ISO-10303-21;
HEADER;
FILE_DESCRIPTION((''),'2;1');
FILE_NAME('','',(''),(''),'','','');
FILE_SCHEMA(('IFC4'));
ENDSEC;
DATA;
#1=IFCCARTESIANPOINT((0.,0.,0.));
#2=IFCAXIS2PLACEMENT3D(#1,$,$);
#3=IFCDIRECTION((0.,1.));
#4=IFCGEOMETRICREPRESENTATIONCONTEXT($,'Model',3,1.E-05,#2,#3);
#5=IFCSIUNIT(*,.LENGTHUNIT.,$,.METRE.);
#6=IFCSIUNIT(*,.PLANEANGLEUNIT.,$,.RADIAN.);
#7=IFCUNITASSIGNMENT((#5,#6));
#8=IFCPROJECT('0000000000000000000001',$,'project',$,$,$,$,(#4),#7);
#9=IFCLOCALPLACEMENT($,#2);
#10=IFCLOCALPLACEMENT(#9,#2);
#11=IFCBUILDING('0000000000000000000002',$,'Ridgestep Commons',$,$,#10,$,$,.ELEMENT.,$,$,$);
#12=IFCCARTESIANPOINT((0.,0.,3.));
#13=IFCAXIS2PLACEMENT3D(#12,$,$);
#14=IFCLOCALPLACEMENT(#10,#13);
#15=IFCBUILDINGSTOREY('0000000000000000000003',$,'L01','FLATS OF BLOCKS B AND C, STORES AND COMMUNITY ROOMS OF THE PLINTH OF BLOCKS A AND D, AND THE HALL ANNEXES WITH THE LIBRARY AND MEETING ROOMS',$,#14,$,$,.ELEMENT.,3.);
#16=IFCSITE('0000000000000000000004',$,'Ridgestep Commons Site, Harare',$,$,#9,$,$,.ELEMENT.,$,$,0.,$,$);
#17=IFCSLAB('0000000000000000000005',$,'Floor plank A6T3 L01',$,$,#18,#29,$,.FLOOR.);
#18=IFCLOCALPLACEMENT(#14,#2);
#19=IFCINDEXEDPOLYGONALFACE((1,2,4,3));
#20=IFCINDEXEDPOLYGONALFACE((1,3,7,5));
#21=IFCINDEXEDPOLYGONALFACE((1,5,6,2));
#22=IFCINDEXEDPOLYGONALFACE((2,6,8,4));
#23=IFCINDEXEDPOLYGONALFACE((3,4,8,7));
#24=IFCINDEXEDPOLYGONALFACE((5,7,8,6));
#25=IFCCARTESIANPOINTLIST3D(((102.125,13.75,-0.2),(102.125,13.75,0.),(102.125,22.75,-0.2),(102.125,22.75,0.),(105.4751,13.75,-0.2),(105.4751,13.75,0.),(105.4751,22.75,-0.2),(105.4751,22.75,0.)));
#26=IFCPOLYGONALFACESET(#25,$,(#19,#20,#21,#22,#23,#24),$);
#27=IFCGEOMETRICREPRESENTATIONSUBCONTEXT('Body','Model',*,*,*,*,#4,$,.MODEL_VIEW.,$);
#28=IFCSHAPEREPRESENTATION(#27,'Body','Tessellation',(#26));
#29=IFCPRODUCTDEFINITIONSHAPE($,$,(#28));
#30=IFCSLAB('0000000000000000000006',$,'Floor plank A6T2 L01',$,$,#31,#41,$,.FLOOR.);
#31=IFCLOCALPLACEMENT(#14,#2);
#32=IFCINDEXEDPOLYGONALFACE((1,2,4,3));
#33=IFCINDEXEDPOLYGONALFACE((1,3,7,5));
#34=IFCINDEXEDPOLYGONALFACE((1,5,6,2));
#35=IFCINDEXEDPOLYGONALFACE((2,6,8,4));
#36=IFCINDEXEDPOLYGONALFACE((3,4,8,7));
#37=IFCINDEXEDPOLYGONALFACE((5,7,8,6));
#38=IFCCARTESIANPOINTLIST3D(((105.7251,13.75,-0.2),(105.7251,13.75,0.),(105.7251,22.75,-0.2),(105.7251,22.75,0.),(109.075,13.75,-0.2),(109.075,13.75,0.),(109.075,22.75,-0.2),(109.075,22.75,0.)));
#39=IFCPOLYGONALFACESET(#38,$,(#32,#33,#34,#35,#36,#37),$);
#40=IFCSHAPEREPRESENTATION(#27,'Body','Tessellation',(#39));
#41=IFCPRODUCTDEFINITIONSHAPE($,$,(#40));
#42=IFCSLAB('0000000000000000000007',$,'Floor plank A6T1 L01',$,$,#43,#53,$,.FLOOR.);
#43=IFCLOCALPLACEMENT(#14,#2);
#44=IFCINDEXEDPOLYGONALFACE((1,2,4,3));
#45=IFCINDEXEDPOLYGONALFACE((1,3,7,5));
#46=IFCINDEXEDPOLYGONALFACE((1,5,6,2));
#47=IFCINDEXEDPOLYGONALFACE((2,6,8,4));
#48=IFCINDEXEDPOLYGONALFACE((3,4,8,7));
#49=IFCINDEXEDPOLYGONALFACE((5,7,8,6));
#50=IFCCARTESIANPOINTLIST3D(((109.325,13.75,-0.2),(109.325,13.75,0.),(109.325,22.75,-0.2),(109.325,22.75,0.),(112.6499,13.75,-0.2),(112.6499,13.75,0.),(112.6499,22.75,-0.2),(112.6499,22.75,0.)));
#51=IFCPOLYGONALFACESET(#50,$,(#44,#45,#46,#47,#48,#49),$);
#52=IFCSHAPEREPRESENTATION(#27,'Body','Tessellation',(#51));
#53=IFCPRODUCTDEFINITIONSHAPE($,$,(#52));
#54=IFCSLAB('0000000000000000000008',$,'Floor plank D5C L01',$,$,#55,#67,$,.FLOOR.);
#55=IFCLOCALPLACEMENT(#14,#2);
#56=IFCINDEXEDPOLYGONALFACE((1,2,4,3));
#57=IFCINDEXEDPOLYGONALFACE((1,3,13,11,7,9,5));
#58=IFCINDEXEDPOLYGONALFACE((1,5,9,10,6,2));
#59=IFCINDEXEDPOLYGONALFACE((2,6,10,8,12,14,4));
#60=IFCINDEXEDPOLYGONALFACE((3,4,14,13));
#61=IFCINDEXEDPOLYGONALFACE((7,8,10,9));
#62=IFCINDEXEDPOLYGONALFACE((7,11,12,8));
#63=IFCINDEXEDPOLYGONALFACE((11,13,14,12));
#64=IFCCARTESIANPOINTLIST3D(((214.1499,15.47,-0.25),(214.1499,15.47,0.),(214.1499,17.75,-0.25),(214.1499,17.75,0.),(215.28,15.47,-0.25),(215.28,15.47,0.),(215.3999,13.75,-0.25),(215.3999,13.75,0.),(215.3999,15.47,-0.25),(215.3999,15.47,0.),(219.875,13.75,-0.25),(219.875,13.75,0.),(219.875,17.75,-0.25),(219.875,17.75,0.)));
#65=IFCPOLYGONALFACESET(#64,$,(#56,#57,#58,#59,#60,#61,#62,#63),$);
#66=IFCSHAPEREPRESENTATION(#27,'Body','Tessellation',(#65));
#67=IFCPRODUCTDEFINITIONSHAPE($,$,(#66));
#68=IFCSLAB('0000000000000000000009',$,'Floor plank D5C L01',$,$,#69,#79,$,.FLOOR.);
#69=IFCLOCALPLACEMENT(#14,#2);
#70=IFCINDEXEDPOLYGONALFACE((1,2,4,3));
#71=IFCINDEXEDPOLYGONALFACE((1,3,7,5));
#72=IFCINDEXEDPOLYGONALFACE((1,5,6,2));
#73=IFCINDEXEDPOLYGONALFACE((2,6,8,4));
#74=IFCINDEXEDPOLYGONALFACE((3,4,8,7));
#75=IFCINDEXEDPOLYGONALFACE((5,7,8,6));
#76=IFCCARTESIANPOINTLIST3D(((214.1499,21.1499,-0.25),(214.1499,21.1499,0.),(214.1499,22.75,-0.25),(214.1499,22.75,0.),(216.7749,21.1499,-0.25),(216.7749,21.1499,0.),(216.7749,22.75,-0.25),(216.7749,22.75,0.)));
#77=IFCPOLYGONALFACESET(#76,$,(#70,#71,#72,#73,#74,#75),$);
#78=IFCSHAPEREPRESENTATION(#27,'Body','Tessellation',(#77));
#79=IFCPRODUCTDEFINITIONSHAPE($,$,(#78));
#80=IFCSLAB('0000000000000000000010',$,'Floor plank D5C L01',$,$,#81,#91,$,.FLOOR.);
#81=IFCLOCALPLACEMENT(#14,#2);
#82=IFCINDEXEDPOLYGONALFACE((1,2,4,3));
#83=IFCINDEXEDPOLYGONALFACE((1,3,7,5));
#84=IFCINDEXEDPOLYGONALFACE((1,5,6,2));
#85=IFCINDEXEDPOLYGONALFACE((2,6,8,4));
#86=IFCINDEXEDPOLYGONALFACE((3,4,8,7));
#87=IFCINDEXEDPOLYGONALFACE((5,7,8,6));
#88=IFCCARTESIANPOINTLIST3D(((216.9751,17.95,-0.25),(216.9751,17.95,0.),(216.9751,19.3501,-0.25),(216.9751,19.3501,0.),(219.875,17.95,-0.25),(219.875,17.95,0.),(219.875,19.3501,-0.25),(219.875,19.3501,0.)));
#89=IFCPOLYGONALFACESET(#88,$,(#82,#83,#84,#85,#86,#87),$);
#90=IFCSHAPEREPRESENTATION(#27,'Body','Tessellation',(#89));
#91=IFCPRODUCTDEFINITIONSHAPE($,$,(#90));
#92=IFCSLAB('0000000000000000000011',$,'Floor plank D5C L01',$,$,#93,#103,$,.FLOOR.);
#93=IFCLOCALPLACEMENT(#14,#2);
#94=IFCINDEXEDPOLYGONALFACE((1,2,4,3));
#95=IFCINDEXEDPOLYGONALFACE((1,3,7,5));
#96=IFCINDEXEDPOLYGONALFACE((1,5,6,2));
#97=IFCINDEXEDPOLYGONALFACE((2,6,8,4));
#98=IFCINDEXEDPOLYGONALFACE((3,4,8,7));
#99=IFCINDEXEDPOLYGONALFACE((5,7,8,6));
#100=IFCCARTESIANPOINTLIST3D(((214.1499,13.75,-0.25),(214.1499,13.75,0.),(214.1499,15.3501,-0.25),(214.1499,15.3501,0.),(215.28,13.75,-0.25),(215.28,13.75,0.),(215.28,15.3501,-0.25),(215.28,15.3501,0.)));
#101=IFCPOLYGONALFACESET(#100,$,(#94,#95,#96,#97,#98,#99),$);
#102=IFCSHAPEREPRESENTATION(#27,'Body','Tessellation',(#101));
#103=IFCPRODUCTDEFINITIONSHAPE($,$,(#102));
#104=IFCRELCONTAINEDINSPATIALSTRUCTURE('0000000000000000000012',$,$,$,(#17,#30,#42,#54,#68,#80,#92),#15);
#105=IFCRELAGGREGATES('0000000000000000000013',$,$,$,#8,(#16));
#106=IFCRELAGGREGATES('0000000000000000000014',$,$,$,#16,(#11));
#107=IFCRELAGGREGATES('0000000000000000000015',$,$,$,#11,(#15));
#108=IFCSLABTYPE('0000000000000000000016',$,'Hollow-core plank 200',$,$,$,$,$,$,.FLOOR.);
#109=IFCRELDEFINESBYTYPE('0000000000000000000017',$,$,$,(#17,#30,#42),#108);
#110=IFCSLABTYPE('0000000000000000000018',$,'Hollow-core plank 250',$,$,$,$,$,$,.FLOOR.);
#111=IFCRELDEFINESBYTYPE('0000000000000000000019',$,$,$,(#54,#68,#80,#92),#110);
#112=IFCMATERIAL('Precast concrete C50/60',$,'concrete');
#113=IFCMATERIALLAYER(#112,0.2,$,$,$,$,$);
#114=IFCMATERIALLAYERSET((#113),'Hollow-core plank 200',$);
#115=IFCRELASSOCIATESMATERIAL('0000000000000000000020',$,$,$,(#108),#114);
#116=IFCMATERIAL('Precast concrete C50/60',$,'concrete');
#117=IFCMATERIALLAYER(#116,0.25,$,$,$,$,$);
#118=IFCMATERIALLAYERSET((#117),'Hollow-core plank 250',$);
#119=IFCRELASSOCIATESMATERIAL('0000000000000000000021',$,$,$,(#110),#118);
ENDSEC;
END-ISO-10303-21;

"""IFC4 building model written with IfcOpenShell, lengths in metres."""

from ifc_helpers import new_model, si_unit, direction, frame, origin, place, context, subcontext, project, spatial, polyline, outline, extrude, material, layer, layer_set, type_object, element, save


model = new_model("IFC4")

# Units and contexts
model_context = context("Model", 3, precision=1e-05, world=origin(), true_north=direction((0.0, 1.0)))
body_context = subcontext(model_context, "Body", "Model", "MODEL_VIEW")
ifc_project = project(units=[si_unit("LENGTHUNIT", "METRE"), si_unit("PLANEANGLEUNIT", "RADIAN")], contexts=[model_context])

# Site, building, storey
site_placement = place(None, origin())
site = spatial("IfcSite", under=ifc_project, at=site_placement, Name="Ridgestep Commons Site, Harare", CompositionType="ELEMENT", RefElevation=0.0)
building_placement = place(site_placement, origin())
building = spatial("IfcBuilding", under=site, at=building_placement, Name="Ridgestep Commons", CompositionType="ELEMENT")
storey_placement = place(building_placement, frame((0.0, 0.0, 3.0)))
storey = spatial("IfcBuildingStorey", under=building, at=storey_placement, Name="L01", Description="FLATS OF BLOCKS B AND C, STORES AND COMMUNITY ROOMS OF THE PLINTH OF BLOCKS A AND D, AND THE HALL ANNEXES WITH THE LIBRARY AND MEETING ROOMS", CompositionType="ELEMENT", Elevation=3.0)

# Slabs
ifc_material_1 = material(Name="Precast concrete C50/60", Category="concrete")
ifc_layer_1 = layer(ifc_material_1, 0.2)
ifc_layer_set_1 = layer_set([ifc_layer_1], Name="Hollow-core plank 200")
slab_type_1 = type_object("IfcSlabType", Name="Hollow-core plank 200", PredefinedType="FLOOR", material=ifc_layer_set_1)
slab_1_placement = place(storey_placement, frame((0.0, 0.0, -0.2)))
element("IfcSlab", 1, at=slab_1_placement, inside=storey, type_object=slab_type_1, Name="Floor plank A6T3 L01", PredefinedType="FLOOR", context=body_context, shape_type="SweptSolid", body=[
    extrude(outline(polyline([(105.4751, 13.75), (105.4751, 22.75), (102.125, 22.75), (102.125, 13.75), (105.4751, 13.75)])), origin(), (0.0, 0.0, 1.0), 0.2),
])
slab_2_placement = place(storey_placement, frame((0.0, 0.0, -0.2)))
element("IfcSlab", 2, at=slab_2_placement, inside=storey, type_object=slab_type_1, Name="Floor plank A6T2 L01", PredefinedType="FLOOR", context=body_context, shape_type="SweptSolid", body=[
    extrude(outline(polyline([(109.075, 13.75), (109.075, 22.75), (105.7251, 22.75), (105.7251, 13.75), (109.075, 13.75)])), origin(), (0.0, 0.0, 1.0), 0.2),
])
slab_3_placement = place(storey_placement, frame((0.0, 0.0, -0.2)))
element("IfcSlab", 3, at=slab_3_placement, inside=storey, type_object=slab_type_1, Name="Floor plank A6T1 L01", PredefinedType="FLOOR", context=body_context, shape_type="SweptSolid", body=[
    extrude(outline(polyline([(112.6499, 13.75), (112.6499, 22.75), (109.325, 22.75), (109.325, 13.75), (112.6499, 13.75)])), origin(), (0.0, 0.0, 1.0), 0.2),
])
ifc_material_2 = material(Name="Precast concrete C50/60", Category="concrete")
ifc_layer_2 = layer(ifc_material_2, 0.25)
ifc_layer_set_2 = layer_set([ifc_layer_2], Name="Hollow-core plank 250")
slab_type_2 = type_object("IfcSlabType", Name="Hollow-core plank 250", PredefinedType="FLOOR", material=ifc_layer_set_2)
slab_4_placement = place(storey_placement, frame((0.0, 0.0, -0.25)))
element("IfcSlab", 4, at=slab_4_placement, inside=storey, type_object=slab_type_2, Name="Floor plank D5C L01", PredefinedType="FLOOR", context=body_context, shape_type="SweptSolid", body=[
    extrude(outline(polyline([(215.3999, 13.75), (219.875, 13.75), (219.875, 17.75), (214.1499, 17.75), (214.1499, 15.47), (215.28, 15.47), (215.3999, 15.47), (215.3999, 13.75)])), origin(), (0.0, 0.0, 1.0), 0.25),
])
slab_5_placement = place(storey_placement, frame((0.0, 0.0, -0.25)))
element("IfcSlab", 5, at=slab_5_placement, inside=storey, type_object=slab_type_2, Name="Floor plank D5C L01", PredefinedType="FLOOR", context=body_context, shape_type="SweptSolid", body=[
    extrude(outline(polyline([(216.7749, 22.75), (214.1499, 22.75), (214.1499, 21.1499), (216.7749, 21.1499), (216.7749, 22.75)])), origin(), (0.0, 0.0, 1.0), 0.25),
])
slab_6_placement = place(storey_placement, frame((0.0, 0.0, -0.25)))
element("IfcSlab", 6, at=slab_6_placement, inside=storey, type_object=slab_type_2, Name="Floor plank D5C L01", PredefinedType="FLOOR", context=body_context, shape_type="SweptSolid", body=[
    extrude(outline(polyline([(219.875, 17.95), (219.875, 19.3501), (216.9751, 19.3501), (216.9751, 17.95), (219.875, 17.95)])), origin(), (0.0, 0.0, 1.0), 0.25),
])
slab_7_placement = place(storey_placement, frame((0.0, 0.0, -0.25)))
element("IfcSlab", 7, at=slab_7_placement, inside=storey, type_object=slab_type_2, Name="Floor plank D5C L01", PredefinedType="FLOOR", context=body_context, shape_type="SweptSolid", body=[
    extrude(outline(polyline([(215.28, 15.3501), (214.1499, 15.3501), (214.1499, 13.75), (215.28, 13.75), (215.28, 15.3501)])), origin(), (0.0, 0.0, 1.0), 0.25),
])

save(model, "model.ifc")
